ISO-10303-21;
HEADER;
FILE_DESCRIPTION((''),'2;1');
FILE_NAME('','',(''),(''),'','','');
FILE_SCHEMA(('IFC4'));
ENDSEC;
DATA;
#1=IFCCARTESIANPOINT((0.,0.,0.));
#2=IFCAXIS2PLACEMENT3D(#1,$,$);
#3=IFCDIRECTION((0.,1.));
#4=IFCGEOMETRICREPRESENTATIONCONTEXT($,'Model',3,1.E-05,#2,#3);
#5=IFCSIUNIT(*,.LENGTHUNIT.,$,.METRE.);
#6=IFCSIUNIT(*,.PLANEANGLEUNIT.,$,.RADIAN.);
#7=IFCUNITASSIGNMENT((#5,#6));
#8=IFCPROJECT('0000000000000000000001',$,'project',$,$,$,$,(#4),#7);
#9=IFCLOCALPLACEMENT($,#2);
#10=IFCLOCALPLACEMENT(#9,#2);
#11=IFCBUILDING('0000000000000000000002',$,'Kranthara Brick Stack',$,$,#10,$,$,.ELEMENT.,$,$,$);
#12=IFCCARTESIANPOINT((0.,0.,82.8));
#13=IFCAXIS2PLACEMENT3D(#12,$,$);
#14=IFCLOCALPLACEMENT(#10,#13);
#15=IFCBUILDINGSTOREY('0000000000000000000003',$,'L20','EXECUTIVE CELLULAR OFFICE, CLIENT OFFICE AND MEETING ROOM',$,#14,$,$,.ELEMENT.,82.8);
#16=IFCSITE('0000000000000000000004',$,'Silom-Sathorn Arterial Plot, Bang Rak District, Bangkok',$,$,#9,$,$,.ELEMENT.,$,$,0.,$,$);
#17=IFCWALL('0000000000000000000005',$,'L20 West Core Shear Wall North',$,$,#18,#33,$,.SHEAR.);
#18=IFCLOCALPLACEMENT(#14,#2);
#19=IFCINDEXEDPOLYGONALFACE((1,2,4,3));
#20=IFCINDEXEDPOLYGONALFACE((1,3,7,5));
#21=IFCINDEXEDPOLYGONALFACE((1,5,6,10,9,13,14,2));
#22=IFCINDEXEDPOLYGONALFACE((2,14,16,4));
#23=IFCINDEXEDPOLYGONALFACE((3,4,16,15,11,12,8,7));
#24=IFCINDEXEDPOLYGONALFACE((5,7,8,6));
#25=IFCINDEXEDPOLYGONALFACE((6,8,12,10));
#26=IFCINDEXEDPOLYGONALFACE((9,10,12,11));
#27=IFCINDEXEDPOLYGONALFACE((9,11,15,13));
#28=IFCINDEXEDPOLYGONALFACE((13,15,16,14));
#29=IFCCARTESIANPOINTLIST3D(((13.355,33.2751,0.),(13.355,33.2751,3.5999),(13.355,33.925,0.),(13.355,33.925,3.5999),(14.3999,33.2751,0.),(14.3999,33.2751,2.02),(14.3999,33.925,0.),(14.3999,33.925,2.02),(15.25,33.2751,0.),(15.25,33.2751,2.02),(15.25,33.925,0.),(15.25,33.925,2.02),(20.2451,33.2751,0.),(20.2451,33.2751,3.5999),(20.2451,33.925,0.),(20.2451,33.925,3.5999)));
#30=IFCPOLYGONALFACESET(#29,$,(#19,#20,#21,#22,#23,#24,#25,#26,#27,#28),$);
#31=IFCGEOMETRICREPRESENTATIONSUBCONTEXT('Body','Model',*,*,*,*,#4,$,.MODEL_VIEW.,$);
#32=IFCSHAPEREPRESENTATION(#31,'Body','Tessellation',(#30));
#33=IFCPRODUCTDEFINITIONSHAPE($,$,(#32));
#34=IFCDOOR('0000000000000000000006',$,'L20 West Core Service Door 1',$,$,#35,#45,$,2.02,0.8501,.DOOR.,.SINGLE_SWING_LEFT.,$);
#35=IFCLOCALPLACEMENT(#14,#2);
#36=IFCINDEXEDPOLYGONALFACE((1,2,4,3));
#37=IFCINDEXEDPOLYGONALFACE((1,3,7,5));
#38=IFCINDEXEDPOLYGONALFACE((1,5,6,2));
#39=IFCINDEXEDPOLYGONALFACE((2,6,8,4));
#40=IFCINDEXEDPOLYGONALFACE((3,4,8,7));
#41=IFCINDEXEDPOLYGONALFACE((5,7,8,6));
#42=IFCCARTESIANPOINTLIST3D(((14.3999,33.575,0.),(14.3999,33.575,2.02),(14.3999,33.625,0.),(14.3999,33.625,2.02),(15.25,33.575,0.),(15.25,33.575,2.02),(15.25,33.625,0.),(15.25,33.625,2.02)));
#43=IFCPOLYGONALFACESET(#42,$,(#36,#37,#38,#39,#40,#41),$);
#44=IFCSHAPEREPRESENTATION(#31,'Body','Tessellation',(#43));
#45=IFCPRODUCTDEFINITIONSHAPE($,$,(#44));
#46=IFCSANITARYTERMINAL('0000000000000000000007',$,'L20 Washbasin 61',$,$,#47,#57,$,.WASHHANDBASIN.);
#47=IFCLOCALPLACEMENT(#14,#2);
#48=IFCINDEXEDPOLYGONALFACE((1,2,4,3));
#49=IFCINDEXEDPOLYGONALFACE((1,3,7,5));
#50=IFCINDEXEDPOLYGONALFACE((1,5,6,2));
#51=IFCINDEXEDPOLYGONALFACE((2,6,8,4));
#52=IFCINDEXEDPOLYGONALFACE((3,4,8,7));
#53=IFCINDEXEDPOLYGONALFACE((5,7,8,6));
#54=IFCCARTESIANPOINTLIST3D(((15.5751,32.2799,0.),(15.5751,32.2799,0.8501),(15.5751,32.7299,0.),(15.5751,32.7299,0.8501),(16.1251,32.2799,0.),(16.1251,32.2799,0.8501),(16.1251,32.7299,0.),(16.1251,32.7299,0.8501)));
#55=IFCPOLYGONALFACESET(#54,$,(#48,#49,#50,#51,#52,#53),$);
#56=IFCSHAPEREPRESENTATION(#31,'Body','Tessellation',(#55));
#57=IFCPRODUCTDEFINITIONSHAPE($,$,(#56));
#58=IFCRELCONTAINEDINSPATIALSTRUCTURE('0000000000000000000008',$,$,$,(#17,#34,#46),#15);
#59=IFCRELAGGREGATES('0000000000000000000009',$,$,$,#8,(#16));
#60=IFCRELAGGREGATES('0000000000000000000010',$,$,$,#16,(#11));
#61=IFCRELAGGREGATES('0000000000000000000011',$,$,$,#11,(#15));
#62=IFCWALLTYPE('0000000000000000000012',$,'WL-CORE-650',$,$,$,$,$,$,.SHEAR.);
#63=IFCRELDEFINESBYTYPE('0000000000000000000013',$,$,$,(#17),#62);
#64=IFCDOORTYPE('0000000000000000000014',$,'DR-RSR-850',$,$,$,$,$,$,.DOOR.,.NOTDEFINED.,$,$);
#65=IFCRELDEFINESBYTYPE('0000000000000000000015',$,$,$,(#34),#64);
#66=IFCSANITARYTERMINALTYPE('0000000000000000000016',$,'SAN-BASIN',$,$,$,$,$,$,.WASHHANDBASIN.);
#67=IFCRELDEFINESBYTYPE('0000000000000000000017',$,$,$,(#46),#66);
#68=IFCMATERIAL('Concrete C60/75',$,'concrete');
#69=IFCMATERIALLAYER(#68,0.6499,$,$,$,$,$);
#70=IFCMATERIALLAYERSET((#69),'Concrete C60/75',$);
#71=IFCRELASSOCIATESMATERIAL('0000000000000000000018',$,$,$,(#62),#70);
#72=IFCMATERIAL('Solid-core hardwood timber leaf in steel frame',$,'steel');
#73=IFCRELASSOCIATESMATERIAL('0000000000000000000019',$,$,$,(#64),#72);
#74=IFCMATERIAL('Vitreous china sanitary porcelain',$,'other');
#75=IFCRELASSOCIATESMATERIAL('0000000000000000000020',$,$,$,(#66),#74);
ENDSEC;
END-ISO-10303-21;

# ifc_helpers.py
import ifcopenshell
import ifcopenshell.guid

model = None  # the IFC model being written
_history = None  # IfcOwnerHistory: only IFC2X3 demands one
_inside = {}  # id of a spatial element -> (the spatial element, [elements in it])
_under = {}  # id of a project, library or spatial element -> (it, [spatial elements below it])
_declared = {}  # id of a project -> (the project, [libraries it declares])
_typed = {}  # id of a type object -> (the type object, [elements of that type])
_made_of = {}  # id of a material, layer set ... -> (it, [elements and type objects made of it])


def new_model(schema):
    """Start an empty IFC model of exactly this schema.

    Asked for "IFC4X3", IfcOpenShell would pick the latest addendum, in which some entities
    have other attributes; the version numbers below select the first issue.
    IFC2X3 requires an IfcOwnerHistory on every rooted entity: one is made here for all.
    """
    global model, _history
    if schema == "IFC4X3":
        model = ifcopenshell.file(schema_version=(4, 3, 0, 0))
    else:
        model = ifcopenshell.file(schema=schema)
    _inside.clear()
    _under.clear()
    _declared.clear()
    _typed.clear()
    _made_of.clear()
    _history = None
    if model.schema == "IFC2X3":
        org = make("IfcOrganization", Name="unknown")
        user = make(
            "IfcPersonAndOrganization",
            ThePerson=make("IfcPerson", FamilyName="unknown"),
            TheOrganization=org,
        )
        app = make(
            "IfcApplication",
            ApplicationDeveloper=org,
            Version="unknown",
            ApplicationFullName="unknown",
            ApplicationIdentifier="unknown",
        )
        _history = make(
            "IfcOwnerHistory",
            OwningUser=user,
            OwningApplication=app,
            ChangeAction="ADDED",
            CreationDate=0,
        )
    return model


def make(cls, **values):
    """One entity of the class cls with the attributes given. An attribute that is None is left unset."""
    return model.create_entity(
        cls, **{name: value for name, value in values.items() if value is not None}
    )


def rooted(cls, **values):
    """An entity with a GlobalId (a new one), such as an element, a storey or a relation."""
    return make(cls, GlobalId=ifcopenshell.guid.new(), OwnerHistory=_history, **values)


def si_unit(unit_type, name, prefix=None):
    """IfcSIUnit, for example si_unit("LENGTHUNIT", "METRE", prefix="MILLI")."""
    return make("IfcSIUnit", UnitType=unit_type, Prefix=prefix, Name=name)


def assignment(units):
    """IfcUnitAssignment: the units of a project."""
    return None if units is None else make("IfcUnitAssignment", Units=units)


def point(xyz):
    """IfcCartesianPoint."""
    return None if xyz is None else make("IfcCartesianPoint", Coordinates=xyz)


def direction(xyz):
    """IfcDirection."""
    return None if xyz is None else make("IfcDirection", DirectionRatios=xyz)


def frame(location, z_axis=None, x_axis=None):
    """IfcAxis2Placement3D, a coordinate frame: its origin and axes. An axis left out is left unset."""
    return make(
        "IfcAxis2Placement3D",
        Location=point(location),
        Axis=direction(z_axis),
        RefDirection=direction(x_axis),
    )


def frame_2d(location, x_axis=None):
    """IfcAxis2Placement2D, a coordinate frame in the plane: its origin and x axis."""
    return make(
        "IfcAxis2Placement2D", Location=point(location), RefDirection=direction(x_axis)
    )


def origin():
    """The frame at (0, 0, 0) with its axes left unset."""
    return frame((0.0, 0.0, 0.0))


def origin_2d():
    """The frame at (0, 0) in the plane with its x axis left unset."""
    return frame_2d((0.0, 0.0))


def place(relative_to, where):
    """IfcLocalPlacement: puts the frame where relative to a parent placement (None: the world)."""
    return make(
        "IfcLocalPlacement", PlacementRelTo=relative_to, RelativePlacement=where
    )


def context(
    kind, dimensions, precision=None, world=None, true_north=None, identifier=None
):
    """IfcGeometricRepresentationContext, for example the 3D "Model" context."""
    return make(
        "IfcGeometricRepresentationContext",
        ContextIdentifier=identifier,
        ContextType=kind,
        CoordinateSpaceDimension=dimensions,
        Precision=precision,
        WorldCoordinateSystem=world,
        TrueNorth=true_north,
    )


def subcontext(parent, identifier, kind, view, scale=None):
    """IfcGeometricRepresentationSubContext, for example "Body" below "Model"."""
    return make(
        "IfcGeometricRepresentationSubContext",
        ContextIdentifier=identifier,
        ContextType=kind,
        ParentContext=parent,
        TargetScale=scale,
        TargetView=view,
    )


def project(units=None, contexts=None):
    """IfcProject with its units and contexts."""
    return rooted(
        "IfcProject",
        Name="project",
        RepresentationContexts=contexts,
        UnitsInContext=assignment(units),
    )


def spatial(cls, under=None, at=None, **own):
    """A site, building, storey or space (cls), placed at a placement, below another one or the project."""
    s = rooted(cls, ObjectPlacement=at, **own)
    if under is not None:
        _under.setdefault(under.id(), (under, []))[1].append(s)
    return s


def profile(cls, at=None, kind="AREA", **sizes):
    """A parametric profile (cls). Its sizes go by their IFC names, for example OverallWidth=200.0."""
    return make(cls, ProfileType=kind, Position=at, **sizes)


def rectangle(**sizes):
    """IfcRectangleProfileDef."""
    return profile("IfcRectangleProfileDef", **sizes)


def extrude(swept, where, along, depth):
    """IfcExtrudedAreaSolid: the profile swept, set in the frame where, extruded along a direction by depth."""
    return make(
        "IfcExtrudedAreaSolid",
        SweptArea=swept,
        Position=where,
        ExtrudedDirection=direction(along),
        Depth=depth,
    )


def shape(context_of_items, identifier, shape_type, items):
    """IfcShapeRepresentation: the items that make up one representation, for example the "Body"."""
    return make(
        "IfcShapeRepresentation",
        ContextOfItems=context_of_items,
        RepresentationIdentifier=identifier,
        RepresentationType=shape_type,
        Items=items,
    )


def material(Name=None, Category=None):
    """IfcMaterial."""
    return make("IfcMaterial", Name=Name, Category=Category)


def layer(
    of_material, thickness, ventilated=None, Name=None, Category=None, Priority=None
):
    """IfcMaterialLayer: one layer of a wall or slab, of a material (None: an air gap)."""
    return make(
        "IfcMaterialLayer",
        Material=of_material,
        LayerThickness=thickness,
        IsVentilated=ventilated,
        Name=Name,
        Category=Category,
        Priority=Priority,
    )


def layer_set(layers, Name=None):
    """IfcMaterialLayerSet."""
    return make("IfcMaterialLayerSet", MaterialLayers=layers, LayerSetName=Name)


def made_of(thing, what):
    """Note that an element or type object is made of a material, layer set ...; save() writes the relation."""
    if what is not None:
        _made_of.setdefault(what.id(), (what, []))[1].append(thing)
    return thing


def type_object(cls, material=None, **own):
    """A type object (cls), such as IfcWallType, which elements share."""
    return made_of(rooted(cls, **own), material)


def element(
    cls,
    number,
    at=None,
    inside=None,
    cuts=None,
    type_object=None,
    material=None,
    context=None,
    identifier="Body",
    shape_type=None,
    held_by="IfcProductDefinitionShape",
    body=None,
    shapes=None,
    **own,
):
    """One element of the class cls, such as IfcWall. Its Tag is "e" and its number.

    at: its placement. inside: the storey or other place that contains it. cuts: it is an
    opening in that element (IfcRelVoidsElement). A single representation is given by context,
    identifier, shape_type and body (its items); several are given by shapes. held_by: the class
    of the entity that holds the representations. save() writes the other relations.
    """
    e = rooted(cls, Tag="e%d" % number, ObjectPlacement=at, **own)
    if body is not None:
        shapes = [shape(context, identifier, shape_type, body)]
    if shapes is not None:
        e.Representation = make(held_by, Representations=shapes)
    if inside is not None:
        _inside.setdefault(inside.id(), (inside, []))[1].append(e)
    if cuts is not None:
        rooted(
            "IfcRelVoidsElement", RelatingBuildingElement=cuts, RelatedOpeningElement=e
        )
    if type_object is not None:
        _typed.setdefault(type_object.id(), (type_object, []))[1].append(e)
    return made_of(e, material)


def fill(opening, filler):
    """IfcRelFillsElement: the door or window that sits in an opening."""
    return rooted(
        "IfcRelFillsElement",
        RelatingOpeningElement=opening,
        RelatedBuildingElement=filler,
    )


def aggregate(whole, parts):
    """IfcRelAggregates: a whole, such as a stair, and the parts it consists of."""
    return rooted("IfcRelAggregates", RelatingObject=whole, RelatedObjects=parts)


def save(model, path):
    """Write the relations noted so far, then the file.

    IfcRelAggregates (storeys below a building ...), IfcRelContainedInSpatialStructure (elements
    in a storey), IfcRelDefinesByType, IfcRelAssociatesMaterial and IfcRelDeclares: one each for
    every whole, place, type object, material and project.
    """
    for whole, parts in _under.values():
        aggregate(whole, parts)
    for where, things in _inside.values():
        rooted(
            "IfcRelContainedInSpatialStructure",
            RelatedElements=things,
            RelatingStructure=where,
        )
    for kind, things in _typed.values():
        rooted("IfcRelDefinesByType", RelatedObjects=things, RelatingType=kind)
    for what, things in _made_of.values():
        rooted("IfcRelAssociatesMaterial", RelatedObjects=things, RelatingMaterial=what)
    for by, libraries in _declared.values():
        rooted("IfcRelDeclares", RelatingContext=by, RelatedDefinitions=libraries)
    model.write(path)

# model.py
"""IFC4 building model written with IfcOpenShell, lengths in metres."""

from ifc_helpers import new_model, si_unit, direction, frame, frame_2d, origin, origin_2d, place, context, subcontext, project, spatial, rectangle, extrude, material, layer, layer_set, type_object, element, fill, save


model = new_model("IFC4")

# Units and contexts
model_context = context("Model", 3, precision=1e-05, world=origin(), true_north=direction((0.0, 1.0)))
body_context = subcontext(model_context, "Body", "Model", "MODEL_VIEW")
ifc_project = project(units=[si_unit("LENGTHUNIT", "METRE"), si_unit("PLANEANGLEUNIT", "RADIAN")], contexts=[model_context])

# Site, building, storey
site_placement = place(None, origin())
site = spatial("IfcSite", under=ifc_project, at=site_placement, Name="Silom-Sathorn Arterial Plot, Bang Rak District, Bangkok", CompositionType="ELEMENT", RefElevation=0.0)
building_placement = place(site_placement, origin())
building = spatial("IfcBuilding", under=site, at=building_placement, Name="Kranthara Brick Stack", CompositionType="ELEMENT")
storey_placement = place(building_placement, frame((0.0, 0.0, 82.8)))
storey = spatial("IfcBuildingStorey", under=building, at=storey_placement, Name="L20", Description="EXECUTIVE CELLULAR OFFICE, CLIENT OFFICE AND MEETING ROOM", CompositionType="ELEMENT", Elevation=82.8)

# Wall, opening, door
ifc_material_1 = material(Name="Concrete C60/75", Category="concrete")
ifc_layer = layer(ifc_material_1, 0.6499)
ifc_layer_set = layer_set([ifc_layer], Name="Concrete C60/75")
wall_type = type_object("IfcWallType", Name="WL-CORE-650", PredefinedType="SHEAR", material=ifc_layer_set)
wall_placement = place(storey_placement, frame((13.355, 33.6001, 0.0), z_axis=(0.0, 0.0, 1.0), x_axis=(1.0, 0.0, 0.0)))
wall = element("IfcWall", 1, at=wall_placement, inside=storey, type_object=wall_type, Name="L20 West Core Shear Wall North", PredefinedType="SHEAR", context=body_context, shape_type="SweptSolid", body=[
    extrude(rectangle(XDim=6.8901, YDim=0.6499, at=frame_2d((3.4451, 0.0))), origin(), (0.0, 0.0, 1.0), 3.5999),
])
opening_placement = place(wall_placement, frame((1.0449, 0.0, 0.0)))
opening = element("IfcOpeningElement", 2, at=opening_placement, cuts=wall, PredefinedType="OPENING", context=body_context, shape_type="SweptSolid", body=[
    extrude(rectangle(XDim=0.8501, YDim=2.02, at=frame_2d((0.425, 1.01))), frame((0.0, 0.335, 0.0), z_axis=(0.0, -1.0, 0.0), x_axis=(1.0, 0.0, 0.0)), (0.0, 0.0, 1.0), 0.6699),
])
ifc_material_2 = material(Name="Solid-core hardwood timber leaf in steel frame", Category="steel")
door_type = type_object("IfcDoorType", Name="DR-RSR-850", OperationType="NOTDEFINED", PredefinedType="DOOR", material=ifc_material_2)
door_placement = place(opening_placement, origin())
door = element("IfcDoor", 3, at=door_placement, inside=storey, type_object=door_type, Name="L20 West Core Service Door 1", OperationType="SINGLE_SWING_LEFT", OverallHeight=2.02, OverallWidth=0.8501, PredefinedType="DOOR", context=body_context, shape_type="SweptSolid", body=[
    extrude(rectangle(XDim=0.8501, YDim=2.02, at=frame_2d((0.425, 1.01))), frame((0.0, 0.0249, 0.0), z_axis=(0.0, -1.0, 0.0), x_axis=(1.0, 0.0, 0.0)), (0.0, 0.0, 1.0), 0.05),
])
fill(opening, door)

# Sanitary terminal
ifc_material_3 = material(Name="Vitreous china sanitary porcelain", Category="other")
sanitary_terminal_type = type_object("IfcSanitaryTerminalType", Name="SAN-BASIN", PredefinedType="WASHHANDBASIN", material=ifc_material_3)
sanitary_terminal_placement = place(storey_placement, frame((15.8501, 32.5049, 0.0), z_axis=(0.0, 0.0, 1.0), x_axis=(1.0, 0.0, 0.0)))
element("IfcSanitaryTerminal", 4, at=sanitary_terminal_placement, inside=storey, type_object=sanitary_terminal_type, Name="L20 Washbasin 61", PredefinedType="WASHHANDBASIN", context=body_context, shape_type="SweptSolid", body=[
    extrude(rectangle(XDim=0.55, YDim=0.45, at=origin_2d()), origin(), (0.0, 0.0, 1.0), 0.8501),
])

save(model, "model.ifc")
